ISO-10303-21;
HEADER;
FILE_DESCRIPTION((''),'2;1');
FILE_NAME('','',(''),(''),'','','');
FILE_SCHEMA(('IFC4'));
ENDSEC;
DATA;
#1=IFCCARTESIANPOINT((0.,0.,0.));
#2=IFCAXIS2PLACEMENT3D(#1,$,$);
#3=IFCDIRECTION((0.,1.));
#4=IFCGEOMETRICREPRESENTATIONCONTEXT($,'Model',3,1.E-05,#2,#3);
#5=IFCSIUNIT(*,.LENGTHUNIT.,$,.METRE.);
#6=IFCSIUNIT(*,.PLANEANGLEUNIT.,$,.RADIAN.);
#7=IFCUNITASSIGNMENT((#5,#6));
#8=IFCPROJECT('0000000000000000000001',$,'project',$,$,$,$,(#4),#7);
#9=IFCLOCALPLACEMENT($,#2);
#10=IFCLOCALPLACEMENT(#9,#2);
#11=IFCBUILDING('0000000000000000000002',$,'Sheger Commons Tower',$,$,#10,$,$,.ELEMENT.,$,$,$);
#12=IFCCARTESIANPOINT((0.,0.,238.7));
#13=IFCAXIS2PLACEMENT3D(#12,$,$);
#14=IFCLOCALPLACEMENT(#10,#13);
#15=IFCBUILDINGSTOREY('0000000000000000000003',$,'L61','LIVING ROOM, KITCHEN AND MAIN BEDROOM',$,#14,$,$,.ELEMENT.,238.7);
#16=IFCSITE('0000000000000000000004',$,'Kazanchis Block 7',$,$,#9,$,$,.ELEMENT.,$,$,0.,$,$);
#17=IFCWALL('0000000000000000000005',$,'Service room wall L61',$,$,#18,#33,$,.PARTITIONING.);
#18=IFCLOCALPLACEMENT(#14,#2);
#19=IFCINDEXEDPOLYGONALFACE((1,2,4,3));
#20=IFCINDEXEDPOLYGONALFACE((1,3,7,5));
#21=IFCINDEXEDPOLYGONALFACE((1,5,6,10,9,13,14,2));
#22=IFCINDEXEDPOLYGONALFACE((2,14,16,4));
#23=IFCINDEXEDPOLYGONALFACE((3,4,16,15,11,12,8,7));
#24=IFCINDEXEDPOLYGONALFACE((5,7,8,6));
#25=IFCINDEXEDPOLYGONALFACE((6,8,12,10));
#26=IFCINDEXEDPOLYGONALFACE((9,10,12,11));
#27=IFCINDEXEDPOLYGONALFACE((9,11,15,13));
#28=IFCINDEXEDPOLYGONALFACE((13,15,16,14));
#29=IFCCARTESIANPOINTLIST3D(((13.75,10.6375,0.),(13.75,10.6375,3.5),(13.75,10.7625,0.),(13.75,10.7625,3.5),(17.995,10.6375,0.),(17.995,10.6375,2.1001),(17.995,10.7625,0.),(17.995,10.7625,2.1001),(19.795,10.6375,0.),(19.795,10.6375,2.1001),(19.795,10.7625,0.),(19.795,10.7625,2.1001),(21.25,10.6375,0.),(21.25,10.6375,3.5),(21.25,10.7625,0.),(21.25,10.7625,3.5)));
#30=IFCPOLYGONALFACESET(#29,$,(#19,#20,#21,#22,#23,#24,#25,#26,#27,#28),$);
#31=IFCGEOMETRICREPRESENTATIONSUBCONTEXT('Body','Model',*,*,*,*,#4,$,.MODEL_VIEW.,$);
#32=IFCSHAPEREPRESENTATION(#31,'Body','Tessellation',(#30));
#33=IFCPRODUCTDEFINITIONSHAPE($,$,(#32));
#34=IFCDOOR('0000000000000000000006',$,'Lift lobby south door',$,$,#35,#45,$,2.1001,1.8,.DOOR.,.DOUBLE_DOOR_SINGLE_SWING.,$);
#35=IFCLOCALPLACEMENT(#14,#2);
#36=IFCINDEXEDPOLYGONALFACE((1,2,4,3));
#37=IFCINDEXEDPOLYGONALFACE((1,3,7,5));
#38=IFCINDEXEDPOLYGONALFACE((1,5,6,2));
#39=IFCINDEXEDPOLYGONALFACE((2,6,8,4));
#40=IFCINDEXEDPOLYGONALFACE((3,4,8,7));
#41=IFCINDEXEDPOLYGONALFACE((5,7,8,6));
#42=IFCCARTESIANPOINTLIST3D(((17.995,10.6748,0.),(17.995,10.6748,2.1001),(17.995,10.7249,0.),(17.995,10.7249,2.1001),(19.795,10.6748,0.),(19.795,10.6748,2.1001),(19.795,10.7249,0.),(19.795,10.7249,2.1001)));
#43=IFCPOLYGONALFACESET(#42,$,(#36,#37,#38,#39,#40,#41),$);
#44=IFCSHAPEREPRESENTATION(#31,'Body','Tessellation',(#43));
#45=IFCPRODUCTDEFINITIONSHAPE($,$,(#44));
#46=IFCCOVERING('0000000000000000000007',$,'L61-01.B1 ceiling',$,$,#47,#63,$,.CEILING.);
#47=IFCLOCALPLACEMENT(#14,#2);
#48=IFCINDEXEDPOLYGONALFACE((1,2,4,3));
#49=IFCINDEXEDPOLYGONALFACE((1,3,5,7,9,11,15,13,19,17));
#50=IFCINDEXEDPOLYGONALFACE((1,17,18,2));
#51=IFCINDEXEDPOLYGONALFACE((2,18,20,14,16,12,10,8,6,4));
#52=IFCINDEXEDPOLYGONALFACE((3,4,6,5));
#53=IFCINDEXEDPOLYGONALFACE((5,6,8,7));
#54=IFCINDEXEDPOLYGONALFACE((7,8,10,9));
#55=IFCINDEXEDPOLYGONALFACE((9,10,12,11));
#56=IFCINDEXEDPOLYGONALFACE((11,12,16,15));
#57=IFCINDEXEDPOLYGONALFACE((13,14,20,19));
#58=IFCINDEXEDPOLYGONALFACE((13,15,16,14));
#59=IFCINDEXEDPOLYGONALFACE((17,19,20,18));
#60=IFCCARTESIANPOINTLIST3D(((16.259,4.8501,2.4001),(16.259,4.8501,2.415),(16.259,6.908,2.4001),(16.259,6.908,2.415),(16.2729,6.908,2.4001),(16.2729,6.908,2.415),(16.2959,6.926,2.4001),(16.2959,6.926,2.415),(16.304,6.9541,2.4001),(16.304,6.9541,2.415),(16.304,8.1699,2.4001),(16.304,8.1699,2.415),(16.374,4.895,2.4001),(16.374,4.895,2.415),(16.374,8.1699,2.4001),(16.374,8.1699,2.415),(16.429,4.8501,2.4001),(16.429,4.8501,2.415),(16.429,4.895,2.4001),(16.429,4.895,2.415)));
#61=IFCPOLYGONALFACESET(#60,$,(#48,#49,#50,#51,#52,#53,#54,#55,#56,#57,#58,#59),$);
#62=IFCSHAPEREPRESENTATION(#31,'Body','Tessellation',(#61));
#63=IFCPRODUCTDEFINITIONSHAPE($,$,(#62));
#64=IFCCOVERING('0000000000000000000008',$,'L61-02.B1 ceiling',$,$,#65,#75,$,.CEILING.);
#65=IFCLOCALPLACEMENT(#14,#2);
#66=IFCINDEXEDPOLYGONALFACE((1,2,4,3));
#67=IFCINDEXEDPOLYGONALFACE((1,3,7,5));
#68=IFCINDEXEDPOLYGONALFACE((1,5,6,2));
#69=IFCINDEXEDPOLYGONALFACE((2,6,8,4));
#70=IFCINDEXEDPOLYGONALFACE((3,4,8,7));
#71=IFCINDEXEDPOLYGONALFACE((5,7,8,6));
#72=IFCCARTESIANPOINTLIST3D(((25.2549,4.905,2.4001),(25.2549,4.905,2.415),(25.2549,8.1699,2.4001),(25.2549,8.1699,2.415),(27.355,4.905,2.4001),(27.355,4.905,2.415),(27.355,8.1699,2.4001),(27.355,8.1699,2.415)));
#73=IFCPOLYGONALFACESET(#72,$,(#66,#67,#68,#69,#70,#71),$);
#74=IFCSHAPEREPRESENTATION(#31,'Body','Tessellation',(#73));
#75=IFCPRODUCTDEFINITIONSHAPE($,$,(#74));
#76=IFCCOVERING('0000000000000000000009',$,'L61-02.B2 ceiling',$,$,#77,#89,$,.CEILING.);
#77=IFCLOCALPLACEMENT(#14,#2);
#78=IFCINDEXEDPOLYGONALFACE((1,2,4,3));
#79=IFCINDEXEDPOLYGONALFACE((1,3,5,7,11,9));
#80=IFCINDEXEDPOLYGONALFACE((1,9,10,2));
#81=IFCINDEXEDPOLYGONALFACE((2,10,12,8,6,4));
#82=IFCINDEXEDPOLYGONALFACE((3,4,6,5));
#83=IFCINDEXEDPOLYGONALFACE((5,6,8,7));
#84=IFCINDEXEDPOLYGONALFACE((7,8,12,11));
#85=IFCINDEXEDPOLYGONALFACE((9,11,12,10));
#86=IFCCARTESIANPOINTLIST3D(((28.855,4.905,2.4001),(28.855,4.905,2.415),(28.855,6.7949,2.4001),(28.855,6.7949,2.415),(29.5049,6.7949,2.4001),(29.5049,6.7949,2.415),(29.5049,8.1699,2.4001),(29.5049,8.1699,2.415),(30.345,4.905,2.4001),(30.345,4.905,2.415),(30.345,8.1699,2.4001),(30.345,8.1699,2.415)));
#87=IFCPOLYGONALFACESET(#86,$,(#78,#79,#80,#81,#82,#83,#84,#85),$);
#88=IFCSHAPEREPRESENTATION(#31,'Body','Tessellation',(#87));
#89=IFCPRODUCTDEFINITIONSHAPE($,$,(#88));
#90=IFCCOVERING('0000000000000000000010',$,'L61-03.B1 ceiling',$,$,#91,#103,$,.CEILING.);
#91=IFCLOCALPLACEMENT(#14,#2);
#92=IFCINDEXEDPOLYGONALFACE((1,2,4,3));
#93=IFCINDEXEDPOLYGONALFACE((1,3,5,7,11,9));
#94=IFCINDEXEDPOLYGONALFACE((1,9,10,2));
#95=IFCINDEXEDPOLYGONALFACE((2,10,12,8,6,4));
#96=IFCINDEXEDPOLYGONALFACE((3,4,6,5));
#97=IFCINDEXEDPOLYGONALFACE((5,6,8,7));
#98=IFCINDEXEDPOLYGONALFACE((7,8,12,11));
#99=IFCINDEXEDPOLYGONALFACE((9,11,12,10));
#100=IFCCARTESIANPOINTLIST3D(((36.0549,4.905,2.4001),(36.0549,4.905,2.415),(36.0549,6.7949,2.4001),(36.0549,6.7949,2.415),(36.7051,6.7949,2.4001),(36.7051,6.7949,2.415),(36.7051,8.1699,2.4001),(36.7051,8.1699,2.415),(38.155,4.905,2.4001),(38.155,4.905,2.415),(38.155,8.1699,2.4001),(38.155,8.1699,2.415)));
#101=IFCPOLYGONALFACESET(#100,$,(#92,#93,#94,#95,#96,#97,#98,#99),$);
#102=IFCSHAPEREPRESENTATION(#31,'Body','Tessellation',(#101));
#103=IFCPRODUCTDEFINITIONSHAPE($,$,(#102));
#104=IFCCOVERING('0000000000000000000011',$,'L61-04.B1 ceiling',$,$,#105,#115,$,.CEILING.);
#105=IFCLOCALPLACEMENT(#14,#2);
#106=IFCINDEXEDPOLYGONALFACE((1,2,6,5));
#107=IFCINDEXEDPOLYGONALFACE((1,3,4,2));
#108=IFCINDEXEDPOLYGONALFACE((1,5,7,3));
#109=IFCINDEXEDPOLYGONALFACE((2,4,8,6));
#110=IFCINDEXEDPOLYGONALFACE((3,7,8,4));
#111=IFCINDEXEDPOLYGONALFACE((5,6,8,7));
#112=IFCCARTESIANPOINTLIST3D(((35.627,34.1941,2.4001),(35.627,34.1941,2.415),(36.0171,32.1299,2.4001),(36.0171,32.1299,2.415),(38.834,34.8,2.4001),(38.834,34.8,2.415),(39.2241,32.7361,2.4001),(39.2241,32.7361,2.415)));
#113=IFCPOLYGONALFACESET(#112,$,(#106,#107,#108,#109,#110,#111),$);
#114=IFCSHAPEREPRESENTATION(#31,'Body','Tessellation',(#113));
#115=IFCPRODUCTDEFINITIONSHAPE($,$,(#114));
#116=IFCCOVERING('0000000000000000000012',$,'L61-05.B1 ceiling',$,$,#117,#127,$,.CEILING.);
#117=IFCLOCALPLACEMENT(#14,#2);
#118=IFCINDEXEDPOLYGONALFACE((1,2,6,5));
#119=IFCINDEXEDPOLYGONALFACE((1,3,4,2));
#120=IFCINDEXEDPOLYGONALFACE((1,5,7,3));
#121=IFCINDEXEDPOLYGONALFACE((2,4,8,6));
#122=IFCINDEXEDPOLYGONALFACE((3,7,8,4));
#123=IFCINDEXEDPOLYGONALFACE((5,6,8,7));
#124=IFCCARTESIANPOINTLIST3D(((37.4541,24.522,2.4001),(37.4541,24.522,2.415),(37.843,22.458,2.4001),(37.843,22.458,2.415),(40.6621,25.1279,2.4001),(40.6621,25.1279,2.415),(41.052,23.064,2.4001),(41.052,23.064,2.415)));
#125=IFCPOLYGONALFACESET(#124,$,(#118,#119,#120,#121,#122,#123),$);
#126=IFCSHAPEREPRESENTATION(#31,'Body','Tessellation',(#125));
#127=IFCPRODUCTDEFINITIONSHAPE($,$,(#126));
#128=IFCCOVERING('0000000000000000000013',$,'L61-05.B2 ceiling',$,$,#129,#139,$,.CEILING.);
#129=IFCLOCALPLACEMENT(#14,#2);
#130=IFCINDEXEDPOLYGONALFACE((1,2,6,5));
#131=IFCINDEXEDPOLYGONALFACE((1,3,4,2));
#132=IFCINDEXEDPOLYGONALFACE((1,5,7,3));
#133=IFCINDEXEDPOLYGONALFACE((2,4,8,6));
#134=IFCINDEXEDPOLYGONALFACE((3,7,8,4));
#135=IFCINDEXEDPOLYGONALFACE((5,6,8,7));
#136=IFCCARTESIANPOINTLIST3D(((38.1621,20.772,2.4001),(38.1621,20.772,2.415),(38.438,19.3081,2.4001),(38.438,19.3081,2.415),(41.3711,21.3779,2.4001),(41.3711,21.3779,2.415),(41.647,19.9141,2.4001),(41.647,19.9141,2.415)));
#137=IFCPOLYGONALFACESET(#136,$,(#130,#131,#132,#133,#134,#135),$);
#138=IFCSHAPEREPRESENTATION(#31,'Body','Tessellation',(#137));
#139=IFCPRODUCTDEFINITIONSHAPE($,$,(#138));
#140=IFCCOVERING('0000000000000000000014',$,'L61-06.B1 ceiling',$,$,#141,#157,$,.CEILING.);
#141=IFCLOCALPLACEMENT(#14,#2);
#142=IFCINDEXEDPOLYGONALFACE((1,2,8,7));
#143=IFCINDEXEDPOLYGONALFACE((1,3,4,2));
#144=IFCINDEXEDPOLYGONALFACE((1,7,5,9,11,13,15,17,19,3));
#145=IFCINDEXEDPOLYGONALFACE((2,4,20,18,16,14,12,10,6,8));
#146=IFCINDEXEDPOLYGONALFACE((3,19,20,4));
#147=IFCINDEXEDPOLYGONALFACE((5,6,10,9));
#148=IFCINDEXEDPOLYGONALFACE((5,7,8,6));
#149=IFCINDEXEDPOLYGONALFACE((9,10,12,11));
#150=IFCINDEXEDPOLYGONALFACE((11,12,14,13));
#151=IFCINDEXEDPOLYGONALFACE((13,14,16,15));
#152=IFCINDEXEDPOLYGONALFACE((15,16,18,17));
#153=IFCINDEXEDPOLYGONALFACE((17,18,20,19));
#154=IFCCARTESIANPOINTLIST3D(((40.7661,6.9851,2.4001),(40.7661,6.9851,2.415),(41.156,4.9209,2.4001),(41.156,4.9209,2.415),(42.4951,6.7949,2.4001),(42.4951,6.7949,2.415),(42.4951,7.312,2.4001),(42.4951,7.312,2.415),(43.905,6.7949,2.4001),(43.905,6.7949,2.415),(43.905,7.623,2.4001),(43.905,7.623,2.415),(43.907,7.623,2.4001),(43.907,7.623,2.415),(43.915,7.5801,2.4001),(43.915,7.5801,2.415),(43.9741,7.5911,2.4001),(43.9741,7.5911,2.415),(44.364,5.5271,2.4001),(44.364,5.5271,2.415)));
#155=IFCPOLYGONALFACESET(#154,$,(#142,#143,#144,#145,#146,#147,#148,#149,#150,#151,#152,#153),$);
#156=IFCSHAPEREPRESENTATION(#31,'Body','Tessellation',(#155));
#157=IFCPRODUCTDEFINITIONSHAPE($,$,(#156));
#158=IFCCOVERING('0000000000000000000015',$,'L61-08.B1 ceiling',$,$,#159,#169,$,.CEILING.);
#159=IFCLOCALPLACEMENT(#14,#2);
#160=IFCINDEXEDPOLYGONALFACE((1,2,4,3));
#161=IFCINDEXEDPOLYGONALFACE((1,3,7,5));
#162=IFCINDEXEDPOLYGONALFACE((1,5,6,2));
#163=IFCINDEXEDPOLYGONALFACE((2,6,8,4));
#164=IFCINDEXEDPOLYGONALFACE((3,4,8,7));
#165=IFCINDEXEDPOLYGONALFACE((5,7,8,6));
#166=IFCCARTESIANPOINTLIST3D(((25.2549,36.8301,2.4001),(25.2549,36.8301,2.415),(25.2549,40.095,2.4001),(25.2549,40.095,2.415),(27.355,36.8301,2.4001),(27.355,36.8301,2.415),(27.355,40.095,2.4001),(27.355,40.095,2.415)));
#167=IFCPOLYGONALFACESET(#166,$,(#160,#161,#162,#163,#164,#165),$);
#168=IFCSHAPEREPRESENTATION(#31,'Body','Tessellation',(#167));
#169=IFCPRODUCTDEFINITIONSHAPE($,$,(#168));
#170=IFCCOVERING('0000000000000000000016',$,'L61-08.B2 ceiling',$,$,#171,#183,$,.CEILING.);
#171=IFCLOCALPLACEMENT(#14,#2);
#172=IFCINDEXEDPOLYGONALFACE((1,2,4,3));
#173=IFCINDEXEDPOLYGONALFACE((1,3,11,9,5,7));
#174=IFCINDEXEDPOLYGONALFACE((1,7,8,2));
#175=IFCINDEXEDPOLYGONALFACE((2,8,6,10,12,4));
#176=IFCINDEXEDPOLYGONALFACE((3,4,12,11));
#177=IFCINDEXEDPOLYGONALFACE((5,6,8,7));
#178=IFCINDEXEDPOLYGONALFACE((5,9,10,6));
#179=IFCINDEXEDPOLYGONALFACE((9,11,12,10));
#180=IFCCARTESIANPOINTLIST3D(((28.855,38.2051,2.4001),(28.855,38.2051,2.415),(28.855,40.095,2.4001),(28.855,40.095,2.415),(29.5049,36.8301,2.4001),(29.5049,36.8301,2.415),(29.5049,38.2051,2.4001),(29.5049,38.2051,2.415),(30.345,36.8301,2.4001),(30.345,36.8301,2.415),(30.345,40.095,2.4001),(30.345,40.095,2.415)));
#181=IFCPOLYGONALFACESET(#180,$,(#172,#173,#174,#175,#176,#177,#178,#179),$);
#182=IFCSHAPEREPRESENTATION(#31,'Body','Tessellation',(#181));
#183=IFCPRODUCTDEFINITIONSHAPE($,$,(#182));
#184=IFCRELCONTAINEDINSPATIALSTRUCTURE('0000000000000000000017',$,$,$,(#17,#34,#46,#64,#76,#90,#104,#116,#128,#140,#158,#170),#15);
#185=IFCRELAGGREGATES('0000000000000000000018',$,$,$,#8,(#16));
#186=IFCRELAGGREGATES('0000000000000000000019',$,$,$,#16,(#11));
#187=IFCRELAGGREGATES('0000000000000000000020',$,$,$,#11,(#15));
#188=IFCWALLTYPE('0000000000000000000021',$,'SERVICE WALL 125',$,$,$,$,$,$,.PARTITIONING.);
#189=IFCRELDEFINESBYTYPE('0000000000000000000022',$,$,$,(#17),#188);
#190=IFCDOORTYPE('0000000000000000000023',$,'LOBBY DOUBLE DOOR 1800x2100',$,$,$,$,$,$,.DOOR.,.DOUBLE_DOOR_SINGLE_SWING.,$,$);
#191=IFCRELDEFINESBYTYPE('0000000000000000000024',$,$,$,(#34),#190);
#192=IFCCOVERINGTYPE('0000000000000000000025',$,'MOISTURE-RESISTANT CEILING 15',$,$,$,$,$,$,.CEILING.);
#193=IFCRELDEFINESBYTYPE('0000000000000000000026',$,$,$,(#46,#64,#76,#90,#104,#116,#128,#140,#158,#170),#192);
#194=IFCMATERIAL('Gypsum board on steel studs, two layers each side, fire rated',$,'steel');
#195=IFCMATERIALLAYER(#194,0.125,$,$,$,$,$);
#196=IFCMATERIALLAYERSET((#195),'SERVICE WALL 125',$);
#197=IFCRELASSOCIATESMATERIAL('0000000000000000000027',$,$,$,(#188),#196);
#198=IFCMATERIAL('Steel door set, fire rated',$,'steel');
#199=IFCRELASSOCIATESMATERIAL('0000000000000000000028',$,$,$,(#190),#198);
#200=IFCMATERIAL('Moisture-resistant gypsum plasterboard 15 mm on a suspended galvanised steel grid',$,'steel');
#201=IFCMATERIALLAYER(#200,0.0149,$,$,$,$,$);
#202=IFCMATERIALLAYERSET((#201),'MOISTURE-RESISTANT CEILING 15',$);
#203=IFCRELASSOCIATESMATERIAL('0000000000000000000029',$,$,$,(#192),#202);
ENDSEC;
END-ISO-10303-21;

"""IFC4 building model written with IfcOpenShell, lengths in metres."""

from ifc_helpers import new_model, si_unit, direction, frame, frame_2d, origin, place, context, subcontext, project, spatial, polyline, rectangle, outline, extrude, material, layer, layer_set, type_object, element, fill, save


model = new_model("IFC4")

# Units and contexts
model_context = context("Model", 3, precision=1e-05, world=origin(), true_north=direction((0.0, 1.0)))
body_context = subcontext(model_context, "Body", "Model", "MODEL_VIEW")
ifc_project = project(units=[si_unit("LENGTHUNIT", "METRE"), si_unit("PLANEANGLEUNIT", "RADIAN")], contexts=[model_context])

# Site, building, storey
site_placement = place(None, origin())
site = spatial("IfcSite", under=ifc_project, at=site_placement, Name="Kazanchis Block 7", CompositionType="ELEMENT", RefElevation=0.0)
building_placement = place(site_placement, origin())
building = spatial("IfcBuilding", under=site, at=building_placement, Name="Sheger Commons Tower", CompositionType="ELEMENT")
storey_placement = place(building_placement, frame((0.0, 0.0, 238.7)))
storey = spatial("IfcBuildingStorey", under=building, at=storey_placement, Name="L61", Description="LIVING ROOM, KITCHEN AND MAIN BEDROOM", CompositionType="ELEMENT", Elevation=238.7)

# Wall, opening, door
ifc_material_1 = material(Name="Gypsum board on steel studs, two layers each side, fire rated", Category="steel")
ifc_layer_1 = layer(ifc_material_1, 0.125)
ifc_layer_set_1 = layer_set([ifc_layer_1], Name="SERVICE WALL 125")
wall_type_1 = type_object("IfcWallType", Name="SERVICE WALL 125", PredefinedType="PARTITIONING", material=ifc_layer_set_1)
wall_1_placement = place(storey_placement, frame((13.75, 10.7, 0.0), z_axis=(0.0, 0.0, 1.0), x_axis=(1.0, 0.0, 0.0)))
wall_1 = element("IfcWall", 1, at=wall_1_placement, inside=storey, type_object=wall_type_1, Name="Service room wall L61", PredefinedType="PARTITIONING", context=body_context, shape_type="SweptSolid", body=[
    extrude(rectangle(XDim=7.5, YDim=0.125, at=frame_2d((3.75, 0.0))), origin(), (0.0, 0.0, 1.0), 3.5),
])
opening_placement = place(wall_1_placement, frame((4.2451, 0.0, 0.0)))
opening = element("IfcOpeningElement", 2, at=opening_placement, cuts=wall_1, PredefinedType="OPENING", context=body_context, shape_type="SweptSolid", body=[
    extrude(rectangle(XDim=1.8, YDim=2.1001, at=frame_2d((0.8999, 1.05))), frame((0.0, 0.0725, 0.0), z_axis=(0.0, -1.0, 0.0), x_axis=(1.0, 0.0, 0.0)), (0.0, 0.0, 1.0), 0.145),
])
ifc_material_2 = material(Name="Steel door set, fire rated", Category="steel")
door_type = type_object("IfcDoorType", Name="LOBBY DOUBLE DOOR 1800x2100", OperationType="DOUBLE_DOOR_SINGLE_SWING", PredefinedType="DOOR", material=ifc_material_2)
door_placement = place(opening_placement, origin())
door = element("IfcDoor", 3, at=door_placement, inside=storey, type_object=door_type, Name="Lift lobby south door", OperationType="DOUBLE_DOOR_SINGLE_SWING", OverallHeight=2.1001, OverallWidth=1.8, PredefinedType="DOOR", context=body_context, shape_type="SweptSolid", body=[
    extrude(rectangle(XDim=1.8, YDim=2.1001, at=frame_2d((0.8999, 1.05))), frame((0.0, 0.0249, 0.0), z_axis=(0.0, -1.0, 0.0), x_axis=(1.0, 0.0, 0.0)), (0.0, 0.0, 1.0), 0.05),
])
fill(opening, door)

# Coverings
ifc_material_3 = material(Name="Moisture-resistant gypsum plasterboard 15 mm on a suspended galvanised steel grid", Category="steel")
ifc_layer_2 = layer(ifc_material_3, 0.0149)
ifc_layer_set_2 = layer_set([ifc_layer_2], Name="MOISTURE-RESISTANT CEILING 15")
covering_type_1 = type_object("IfcCoveringType", Name="MOISTURE-RESISTANT CEILING 15", PredefinedType="CEILING", material=ifc_layer_set_2)
covering_1_placement = place(storey_placement, frame((0.0, 0.0, 2.4001)))
element("IfcCovering", 4, at=covering_1_placement, inside=storey, type_object=covering_type_1, Name="L61-01.B1 ceiling", PredefinedType="CEILING", context=body_context, shape_type="SweptSolid", body=[
    extrude(outline(polyline([(16.259, 4.8501), (16.429, 4.8501), (16.429, 4.895), (16.374, 4.895), (16.374, 8.1699), (16.304, 8.1699), (16.304, 6.9541), (16.2959, 6.926), (16.2729, 6.908), (16.259, 6.908), (16.259, 4.8501)])), origin(), (0.0, 0.0, 1.0), 0.0149),
])
covering_2_placement = place(storey_placement, frame((0.0, 0.0, 2.4001)))
element("IfcCovering", 5, at=covering_2_placement, inside=storey, type_object=covering_type_1, Name="L61-02.B1 ceiling", PredefinedType="CEILING", context=body_context, shape_type="SweptSolid", body=[
    extrude(outline(polyline([(25.2549, 4.905), (27.355, 4.905), (27.355, 8.1699), (25.2549, 8.1699), (25.2549, 4.905)])), origin(), (0.0, 0.0, 1.0), 0.0149),
])
covering_3_placement = place(storey_placement, frame((0.0, 0.0, 2.4001)))
element("IfcCovering", 6, at=covering_3_placement, inside=storey, type_object=covering_type_1, Name="L61-02.B2 ceiling", PredefinedType="CEILING", context=body_context, shape_type="SweptSolid", body=[
    extrude(outline(polyline([(28.855, 4.905), (30.345, 4.905), (30.345, 8.1699), (29.5049, 8.1699), (29.5049, 6.7949), (28.855, 6.7949), (28.855, 4.905)])), origin(), (0.0, 0.0, 1.0), 0.0149),
])
covering_4_placement = place(storey_placement, frame((0.0, 0.0, 2.4001)))
element("IfcCovering", 7, at=covering_4_placement, inside=storey, type_object=covering_type_1, Name="L61-03.B1 ceiling", PredefinedType="CEILING", context=body_context, shape_type="SweptSolid", body=[
    extrude(outline(polyline([(36.0549, 4.905), (38.155, 4.905), (38.155, 8.1699), (36.7051, 8.1699), (36.7051, 6.7949), (36.0549, 6.7949), (36.0549, 4.905)])), origin(), (0.0, 0.0, 1.0), 0.0149),
])
covering_5_placement = place(storey_placement, frame((0.0, 0.0, 2.4001)))
element("IfcCovering", 8, at=covering_5_placement, inside=storey, type_object=covering_type_1, Name="L61-04.B1 ceiling", PredefinedType="CEILING", context=body_context, shape_type="SweptSolid", body=[
    extrude(outline(polyline([(36.0171, 32.1299), (39.2241, 32.7361), (38.834, 34.8), (35.627, 34.1941), (36.0171, 32.1299)])), origin(), (0.0, 0.0, 1.0), 0.0149),
])
covering_6_placement = place(storey_placement, frame((0.0, 0.0, 2.4001)))
element("IfcCovering", 9, at=covering_6_placement, inside=storey, type_object=covering_type_1, Name="L61-05.B1 ceiling", PredefinedType="CEILING", context=body_context, shape_type="SweptSolid", body=[
    extrude(outline(polyline([(37.843, 22.458), (41.052, 23.064), (40.6621, 25.1279), (37.4541, 24.522), (37.843, 22.458)])), origin(), (0.0, 0.0, 1.0), 0.0149),
])
covering_7_placement = place(storey_placement, frame((0.0, 0.0, 2.4001)))
element("IfcCovering", 10, at=covering_7_placement, inside=storey, type_object=covering_type_1, Name="L61-05.B2 ceiling", PredefinedType="CEILING", context=body_context, shape_type="SweptSolid", body=[
    extrude(outline(polyline([(38.438, 19.3081), (41.647, 19.9141), (41.3711, 21.3779), (38.1621, 20.772), (38.438, 19.3081)])), origin(), (0.0, 0.0, 1.0), 0.0149),
])
covering_8_placement = place(storey_placement, frame((0.0, 0.0, 2.4001)))
element("IfcCovering", 11, at=covering_8_placement, inside=storey, type_object=covering_type_1, Name="L61-06.B1 ceiling", PredefinedType="CEILING", context=body_context, shape_type="SweptSolid", body=[
    extrude(outline(polyline([(41.156, 4.9209), (44.364, 5.5271), (43.9741, 7.5911), (43.915, 7.5801), (43.907, 7.623), (43.905, 7.623), (43.905, 6.7949), (42.4951, 6.7949), (42.4951, 7.312), (40.7661, 6.9851), (41.156, 4.9209)])), origin(), (0.0, 0.0, 1.0), 0.0149),
])
covering_9_placement = place(storey_placement, frame((0.0, 0.0, 2.4001)))
element("IfcCovering", 12, at=covering_9_placement, inside=storey, type_object=covering_type_1, Name="L61-08.B1 ceiling", PredefinedType="CEILING", context=body_context, shape_type="SweptSolid", body=[
    extrude(outline(polyline([(25.2549, 36.8301), (27.355, 36.8301), (27.355, 40.095), (25.2549, 40.095), (25.2549, 36.8301)])), origin(), (0.0, 0.0, 1.0), 0.0149),
])
covering_10_placement = place(storey_placement, frame((0.0, 0.0, 2.4001)))
element("IfcCovering", 13, at=covering_10_placement, inside=storey, type_object=covering_type_1, Name="L61-08.B2 ceiling", PredefinedType="CEILING", context=body_context, shape_type="SweptSolid", body=[
    extrude(outline(polyline([(29.5049, 36.8301), (30.345, 36.8301), (30.345, 40.095), (28.855, 40.095), (28.855, 38.2051), (29.5049, 38.2051), (29.5049, 36.8301)])), origin(), (0.0, 0.0, 1.0), 0.0149),
])

save(model, "model.ifc")
